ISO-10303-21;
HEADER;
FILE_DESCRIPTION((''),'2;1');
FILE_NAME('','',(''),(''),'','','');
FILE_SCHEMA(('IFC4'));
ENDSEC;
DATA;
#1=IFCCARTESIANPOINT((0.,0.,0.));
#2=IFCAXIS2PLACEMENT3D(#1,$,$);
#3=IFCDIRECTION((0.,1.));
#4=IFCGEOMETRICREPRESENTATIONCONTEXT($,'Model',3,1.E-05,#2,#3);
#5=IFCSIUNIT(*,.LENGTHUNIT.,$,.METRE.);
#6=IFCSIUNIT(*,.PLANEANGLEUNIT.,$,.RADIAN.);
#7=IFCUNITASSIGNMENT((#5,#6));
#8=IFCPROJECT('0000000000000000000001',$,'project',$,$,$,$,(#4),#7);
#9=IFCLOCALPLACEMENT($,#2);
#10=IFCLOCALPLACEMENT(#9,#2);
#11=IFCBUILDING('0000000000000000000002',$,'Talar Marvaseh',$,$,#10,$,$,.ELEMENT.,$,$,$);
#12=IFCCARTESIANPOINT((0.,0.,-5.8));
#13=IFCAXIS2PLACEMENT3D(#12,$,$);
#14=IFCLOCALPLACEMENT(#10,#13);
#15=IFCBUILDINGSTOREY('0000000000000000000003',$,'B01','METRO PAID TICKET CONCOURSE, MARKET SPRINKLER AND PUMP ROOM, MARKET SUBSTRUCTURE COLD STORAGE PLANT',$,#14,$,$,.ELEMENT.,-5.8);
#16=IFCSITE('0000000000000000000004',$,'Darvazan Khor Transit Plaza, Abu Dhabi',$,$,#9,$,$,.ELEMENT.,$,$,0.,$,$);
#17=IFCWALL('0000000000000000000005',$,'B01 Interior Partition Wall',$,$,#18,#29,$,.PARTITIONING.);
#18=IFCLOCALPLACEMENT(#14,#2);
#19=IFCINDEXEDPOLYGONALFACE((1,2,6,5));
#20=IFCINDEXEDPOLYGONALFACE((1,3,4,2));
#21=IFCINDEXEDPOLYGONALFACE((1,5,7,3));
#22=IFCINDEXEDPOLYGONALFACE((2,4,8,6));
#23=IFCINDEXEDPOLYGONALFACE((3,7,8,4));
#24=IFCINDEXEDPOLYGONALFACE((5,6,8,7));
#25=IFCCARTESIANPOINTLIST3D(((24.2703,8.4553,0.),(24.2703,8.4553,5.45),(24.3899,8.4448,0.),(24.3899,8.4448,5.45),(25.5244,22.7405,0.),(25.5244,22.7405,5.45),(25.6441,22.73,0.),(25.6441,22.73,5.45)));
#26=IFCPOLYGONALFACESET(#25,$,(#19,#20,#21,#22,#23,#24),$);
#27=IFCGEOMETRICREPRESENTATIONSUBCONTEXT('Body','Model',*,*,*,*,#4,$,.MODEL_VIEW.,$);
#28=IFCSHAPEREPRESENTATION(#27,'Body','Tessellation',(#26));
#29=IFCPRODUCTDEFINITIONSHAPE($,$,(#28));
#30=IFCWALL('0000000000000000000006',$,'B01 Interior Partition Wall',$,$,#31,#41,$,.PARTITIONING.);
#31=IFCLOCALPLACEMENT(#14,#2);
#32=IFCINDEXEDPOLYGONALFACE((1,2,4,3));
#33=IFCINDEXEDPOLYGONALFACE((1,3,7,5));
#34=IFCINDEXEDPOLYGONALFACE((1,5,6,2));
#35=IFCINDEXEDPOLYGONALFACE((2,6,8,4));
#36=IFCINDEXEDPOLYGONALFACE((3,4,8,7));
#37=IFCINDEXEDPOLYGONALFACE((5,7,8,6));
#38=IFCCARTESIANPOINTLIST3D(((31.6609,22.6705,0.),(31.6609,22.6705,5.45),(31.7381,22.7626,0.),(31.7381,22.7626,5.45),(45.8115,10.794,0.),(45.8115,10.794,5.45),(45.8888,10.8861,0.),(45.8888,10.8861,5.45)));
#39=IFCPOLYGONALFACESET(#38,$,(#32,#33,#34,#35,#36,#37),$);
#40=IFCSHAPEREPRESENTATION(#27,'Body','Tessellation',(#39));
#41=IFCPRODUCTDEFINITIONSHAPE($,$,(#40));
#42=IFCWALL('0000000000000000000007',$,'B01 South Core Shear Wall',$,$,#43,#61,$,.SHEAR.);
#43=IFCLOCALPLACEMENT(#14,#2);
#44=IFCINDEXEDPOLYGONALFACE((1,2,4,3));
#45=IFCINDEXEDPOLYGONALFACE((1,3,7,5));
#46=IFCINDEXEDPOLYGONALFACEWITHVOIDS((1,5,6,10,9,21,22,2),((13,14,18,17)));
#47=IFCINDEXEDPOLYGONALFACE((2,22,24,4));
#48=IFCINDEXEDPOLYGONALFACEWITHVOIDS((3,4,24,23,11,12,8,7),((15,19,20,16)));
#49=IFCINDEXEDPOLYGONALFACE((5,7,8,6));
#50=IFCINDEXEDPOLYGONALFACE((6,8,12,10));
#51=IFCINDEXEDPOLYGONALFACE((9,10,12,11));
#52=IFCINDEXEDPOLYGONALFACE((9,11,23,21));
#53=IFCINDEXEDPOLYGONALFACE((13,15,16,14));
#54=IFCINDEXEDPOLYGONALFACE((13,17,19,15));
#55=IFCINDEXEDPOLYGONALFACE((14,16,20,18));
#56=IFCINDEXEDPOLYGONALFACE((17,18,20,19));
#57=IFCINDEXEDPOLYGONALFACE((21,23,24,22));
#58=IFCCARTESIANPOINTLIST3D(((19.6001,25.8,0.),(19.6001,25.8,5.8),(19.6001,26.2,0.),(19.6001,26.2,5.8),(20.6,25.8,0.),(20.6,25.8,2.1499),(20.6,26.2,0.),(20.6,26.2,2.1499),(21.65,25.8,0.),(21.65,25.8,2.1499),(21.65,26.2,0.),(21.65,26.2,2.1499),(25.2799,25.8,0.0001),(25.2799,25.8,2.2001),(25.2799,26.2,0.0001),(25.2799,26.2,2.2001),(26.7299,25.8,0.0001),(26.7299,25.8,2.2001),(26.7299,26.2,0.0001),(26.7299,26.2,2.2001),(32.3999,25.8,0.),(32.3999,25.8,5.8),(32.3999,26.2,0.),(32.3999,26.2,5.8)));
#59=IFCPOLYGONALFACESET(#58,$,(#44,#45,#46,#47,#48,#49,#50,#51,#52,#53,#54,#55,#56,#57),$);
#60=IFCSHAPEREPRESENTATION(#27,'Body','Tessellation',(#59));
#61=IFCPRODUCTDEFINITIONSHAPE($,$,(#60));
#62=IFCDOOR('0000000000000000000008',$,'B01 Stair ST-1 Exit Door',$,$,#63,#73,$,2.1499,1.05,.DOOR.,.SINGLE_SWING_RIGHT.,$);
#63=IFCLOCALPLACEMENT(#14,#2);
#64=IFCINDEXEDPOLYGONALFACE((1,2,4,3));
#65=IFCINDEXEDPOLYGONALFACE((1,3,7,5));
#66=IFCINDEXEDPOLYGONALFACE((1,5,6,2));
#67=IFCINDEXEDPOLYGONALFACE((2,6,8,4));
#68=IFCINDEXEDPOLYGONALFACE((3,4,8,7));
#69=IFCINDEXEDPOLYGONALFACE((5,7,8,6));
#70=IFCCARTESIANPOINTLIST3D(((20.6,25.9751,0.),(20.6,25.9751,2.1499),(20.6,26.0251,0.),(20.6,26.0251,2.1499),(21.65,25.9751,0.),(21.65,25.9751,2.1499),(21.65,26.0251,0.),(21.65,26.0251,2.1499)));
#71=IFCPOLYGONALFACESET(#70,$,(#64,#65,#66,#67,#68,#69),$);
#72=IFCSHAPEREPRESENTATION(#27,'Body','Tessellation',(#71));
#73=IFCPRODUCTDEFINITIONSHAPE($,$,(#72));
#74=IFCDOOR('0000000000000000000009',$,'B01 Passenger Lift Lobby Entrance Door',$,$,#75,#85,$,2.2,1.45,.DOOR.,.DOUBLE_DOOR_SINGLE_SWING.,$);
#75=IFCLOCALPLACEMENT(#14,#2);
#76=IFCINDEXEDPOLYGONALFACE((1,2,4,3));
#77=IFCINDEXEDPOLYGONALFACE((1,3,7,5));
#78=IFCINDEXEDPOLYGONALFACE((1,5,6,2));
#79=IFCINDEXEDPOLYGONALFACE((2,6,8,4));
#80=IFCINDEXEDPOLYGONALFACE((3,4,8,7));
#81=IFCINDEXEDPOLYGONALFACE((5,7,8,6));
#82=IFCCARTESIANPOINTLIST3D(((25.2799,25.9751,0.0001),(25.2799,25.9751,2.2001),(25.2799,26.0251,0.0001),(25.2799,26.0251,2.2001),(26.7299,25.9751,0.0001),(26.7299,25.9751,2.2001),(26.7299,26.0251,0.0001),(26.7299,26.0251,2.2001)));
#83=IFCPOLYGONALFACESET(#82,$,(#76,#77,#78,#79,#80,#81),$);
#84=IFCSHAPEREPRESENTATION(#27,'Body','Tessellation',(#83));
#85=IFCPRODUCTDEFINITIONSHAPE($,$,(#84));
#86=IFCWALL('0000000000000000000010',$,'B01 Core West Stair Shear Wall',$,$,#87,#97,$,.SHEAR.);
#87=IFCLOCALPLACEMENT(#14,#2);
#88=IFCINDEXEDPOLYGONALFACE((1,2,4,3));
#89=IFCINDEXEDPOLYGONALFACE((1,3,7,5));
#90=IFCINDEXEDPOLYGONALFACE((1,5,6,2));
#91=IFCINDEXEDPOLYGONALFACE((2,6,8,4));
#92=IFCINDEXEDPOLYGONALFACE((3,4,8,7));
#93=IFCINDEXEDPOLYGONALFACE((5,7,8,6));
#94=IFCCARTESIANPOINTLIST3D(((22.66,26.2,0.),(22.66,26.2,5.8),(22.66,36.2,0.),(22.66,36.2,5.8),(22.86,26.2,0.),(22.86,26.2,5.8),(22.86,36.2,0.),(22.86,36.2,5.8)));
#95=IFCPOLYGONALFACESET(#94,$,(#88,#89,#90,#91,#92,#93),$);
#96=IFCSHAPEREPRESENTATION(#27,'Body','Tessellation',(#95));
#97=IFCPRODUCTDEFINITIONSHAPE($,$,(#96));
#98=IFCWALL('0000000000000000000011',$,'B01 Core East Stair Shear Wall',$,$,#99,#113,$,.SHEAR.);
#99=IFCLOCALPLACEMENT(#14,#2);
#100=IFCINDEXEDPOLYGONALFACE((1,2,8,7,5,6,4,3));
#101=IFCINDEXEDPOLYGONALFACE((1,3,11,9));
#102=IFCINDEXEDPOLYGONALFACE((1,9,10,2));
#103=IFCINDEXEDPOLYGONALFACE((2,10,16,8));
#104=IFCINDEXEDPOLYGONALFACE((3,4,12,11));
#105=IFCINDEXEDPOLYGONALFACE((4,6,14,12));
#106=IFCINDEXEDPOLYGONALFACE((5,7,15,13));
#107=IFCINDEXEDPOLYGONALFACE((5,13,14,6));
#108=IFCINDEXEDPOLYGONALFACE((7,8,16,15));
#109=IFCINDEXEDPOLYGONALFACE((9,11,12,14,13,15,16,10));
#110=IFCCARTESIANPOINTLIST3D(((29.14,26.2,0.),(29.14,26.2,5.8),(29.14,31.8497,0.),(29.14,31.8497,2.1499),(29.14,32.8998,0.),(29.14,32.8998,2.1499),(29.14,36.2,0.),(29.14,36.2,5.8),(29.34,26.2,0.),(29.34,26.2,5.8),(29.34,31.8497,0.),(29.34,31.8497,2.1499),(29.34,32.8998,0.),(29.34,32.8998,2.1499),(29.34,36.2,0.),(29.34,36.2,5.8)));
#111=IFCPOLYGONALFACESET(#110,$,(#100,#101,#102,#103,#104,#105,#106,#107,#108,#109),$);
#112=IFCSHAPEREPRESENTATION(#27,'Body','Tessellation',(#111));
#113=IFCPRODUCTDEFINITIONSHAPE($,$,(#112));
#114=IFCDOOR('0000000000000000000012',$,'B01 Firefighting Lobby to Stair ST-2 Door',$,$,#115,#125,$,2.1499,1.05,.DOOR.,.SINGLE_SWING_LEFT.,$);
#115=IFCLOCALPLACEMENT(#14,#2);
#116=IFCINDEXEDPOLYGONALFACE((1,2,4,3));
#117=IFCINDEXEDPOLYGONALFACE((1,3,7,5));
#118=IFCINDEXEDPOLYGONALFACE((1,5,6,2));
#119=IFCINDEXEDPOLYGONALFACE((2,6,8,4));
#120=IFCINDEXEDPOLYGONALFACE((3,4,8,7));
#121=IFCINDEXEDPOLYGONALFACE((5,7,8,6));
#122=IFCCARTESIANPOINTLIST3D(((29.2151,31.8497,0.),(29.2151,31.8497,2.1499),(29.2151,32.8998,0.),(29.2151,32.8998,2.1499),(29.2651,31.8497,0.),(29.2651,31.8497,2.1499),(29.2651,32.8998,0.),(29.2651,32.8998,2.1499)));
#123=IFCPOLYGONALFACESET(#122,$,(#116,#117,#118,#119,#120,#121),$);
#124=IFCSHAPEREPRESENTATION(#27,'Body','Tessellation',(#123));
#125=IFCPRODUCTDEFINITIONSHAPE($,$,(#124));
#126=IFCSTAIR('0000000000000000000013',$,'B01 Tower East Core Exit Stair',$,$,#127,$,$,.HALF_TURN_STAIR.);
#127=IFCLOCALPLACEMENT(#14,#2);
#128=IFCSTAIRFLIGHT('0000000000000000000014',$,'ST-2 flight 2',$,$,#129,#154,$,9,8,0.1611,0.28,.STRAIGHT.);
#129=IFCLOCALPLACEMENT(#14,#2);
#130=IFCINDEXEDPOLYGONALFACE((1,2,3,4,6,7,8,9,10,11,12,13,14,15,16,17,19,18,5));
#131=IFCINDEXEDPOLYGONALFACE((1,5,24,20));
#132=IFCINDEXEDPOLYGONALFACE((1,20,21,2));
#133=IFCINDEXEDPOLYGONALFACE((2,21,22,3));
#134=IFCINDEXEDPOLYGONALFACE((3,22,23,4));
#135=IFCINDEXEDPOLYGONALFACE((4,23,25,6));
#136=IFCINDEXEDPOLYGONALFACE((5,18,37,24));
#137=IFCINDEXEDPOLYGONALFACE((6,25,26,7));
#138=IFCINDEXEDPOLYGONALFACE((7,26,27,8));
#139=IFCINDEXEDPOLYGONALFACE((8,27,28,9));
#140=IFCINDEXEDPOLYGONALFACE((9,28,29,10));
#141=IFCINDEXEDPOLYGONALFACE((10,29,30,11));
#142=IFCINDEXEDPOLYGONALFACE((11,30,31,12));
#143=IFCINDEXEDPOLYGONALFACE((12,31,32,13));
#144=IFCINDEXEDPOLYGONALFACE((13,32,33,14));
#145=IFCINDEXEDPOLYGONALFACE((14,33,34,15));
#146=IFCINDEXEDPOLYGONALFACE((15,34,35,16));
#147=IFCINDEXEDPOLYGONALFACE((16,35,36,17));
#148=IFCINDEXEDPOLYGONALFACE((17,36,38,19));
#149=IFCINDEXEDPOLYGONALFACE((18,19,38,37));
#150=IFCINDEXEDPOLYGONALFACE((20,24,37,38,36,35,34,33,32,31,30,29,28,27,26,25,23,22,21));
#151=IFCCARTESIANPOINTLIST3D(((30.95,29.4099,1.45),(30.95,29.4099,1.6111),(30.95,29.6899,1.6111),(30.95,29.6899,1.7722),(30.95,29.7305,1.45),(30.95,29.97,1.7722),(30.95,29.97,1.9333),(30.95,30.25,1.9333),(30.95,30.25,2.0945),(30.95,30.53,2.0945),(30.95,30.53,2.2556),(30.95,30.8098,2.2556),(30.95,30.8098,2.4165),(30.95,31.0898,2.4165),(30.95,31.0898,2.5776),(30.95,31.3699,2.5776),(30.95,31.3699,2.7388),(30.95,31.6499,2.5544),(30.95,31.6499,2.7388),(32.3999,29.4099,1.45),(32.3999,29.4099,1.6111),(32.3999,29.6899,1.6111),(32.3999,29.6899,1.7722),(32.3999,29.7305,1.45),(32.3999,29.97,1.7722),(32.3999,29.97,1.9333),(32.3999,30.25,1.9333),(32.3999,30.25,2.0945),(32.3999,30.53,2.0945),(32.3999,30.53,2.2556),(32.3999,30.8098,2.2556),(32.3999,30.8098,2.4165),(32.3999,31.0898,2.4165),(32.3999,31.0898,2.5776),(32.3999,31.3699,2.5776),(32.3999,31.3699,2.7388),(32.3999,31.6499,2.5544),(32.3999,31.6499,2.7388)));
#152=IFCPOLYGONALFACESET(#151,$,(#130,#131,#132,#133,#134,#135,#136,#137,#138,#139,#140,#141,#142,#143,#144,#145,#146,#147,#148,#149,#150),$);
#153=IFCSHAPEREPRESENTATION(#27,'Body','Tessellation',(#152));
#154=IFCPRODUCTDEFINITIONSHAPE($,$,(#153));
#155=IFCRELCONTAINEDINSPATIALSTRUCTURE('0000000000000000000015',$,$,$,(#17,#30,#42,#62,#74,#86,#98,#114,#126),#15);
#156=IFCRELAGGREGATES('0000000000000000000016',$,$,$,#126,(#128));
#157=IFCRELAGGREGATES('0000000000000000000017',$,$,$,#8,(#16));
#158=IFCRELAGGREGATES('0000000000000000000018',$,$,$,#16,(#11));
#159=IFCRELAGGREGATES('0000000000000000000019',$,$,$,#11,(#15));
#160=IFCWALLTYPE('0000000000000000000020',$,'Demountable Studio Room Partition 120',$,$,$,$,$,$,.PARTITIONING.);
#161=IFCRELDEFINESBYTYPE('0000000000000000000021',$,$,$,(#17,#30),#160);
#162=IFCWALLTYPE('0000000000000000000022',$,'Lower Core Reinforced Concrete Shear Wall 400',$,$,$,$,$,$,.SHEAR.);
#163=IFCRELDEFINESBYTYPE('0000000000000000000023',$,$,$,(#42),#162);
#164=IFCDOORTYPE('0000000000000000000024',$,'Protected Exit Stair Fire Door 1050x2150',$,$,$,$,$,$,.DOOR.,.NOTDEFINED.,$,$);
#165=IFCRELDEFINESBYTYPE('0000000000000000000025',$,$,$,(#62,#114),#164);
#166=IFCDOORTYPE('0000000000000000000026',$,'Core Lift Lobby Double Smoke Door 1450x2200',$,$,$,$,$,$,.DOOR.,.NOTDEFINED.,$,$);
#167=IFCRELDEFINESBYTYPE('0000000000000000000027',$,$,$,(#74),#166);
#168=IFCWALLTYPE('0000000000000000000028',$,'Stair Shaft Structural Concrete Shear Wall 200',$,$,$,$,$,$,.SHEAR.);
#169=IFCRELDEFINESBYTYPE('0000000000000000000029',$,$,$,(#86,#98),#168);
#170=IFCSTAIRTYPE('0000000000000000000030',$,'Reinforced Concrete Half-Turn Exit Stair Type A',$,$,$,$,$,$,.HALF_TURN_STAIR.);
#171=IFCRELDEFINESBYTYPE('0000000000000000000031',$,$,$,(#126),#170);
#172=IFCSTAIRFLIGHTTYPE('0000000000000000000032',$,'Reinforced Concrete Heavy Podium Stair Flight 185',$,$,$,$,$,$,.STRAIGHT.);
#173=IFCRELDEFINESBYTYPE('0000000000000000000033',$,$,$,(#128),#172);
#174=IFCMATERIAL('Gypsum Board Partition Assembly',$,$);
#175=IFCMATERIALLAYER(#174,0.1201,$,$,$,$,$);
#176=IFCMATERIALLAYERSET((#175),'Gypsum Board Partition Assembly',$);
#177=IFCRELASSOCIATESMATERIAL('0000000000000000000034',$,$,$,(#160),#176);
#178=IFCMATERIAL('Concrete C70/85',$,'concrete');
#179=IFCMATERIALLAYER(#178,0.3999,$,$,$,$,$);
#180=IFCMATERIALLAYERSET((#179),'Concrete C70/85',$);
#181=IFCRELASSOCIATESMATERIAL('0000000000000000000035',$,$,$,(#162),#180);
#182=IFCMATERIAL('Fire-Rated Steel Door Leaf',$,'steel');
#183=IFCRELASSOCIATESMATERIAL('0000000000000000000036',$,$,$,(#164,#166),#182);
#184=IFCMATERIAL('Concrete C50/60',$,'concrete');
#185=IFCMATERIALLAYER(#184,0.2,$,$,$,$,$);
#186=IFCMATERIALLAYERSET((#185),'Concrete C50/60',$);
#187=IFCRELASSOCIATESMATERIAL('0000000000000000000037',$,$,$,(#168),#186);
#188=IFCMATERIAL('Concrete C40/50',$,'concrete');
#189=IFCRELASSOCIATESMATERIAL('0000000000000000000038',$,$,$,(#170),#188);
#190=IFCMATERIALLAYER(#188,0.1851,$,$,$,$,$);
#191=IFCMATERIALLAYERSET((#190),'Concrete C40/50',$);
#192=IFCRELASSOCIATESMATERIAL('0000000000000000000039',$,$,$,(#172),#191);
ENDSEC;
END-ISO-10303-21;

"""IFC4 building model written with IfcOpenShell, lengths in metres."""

from ifc_helpers import new_model, si_unit, direction, frame, frame_2d, origin, place, context, subcontext, project, spatial, polyline, rectangle, outline, extrude, source, transform, mapped, material, layer, layer_set, type_object, type_shapes, element, fill, aggregate, save


model = new_model("IFC4")

# Units and contexts
model_context = context("Model", 3, precision=1e-05, world=origin(), true_north=direction((0.0, 1.0)))
body_context = subcontext(model_context, "Body", "Model", "MODEL_VIEW")
ifc_project = project(units=[si_unit("LENGTHUNIT", "METRE"), si_unit("PLANEANGLEUNIT", "RADIAN")], contexts=[model_context])

# Site, building, storey
site_placement = place(None, origin())
site = spatial("IfcSite", under=ifc_project, at=site_placement, Name="Darvazan Khor Transit Plaza, Abu Dhabi", CompositionType="ELEMENT", RefElevation=0.0)
building_placement = place(site_placement, origin())
building = spatial("IfcBuilding", under=site, at=building_placement, Name="Talar Marvaseh", CompositionType="ELEMENT")
storey_placement = place(building_placement, frame((0.0, 0.0, -5.8)))
storey = spatial("IfcBuildingStorey", under=building, at=storey_placement, Name="B01", Description="METRO PAID TICKET CONCOURSE, MARKET SPRINKLER AND PUMP ROOM, MARKET SUBSTRUCTURE COLD STORAGE PLANT", CompositionType="ELEMENT", Elevation=-5.8)

# Shared definitions
ifc_material_1 = material(Name="Concrete C70/85", Category="concrete")

# Shared definitions
ifc_material_2 = material(Name="Concrete C40/50", Category="concrete")
ifc_material_3 = material(Name="Concrete C50/60", Category="concrete")

# Shared definitions
ifc_material_4 = material(Name="Gypsum Board Partition Assembly")
ifc_material_5 = material(Name="Fire-Rated Steel Door Leaf", Category="steel")

# Walls
ifc_layer_1 = layer(ifc_material_4, 0.1201)
ifc_layer_set_1 = layer_set([ifc_layer_1], Name="Gypsum Board Partition Assembly")
wall_type_1 = type_object("IfcWallType", Name="Demountable Studio Room Partition 120", PredefinedType="PARTITIONING", material=ifc_layer_set_1)
wall_1_placement = place(storey_placement, frame((25.5842, 22.7351, 0.0), z_axis=(0.0, 0.0, 1.0), x_axis=(-0.087458, -0.996168, 0.0)))
element("IfcWall", 1, at=wall_1_placement, inside=storey, type_object=wall_type_1, Name="B01 Interior Partition Wall", PredefinedType="PARTITIONING", context=body_context, shape_type="SweptSolid", body=[
    extrude(rectangle(XDim=14.3401, YDim=0.1201, at=frame_2d((7.1699, 0.0))), origin(), (0.0, 0.0, 1.0), 5.45),
])
wall_2_placement = place(storey_placement, frame((31.6995, 22.7166, 0.0), z_axis=(0.0, 0.0, 1.0), x_axis=(0.765973, -0.642872, 0.0)))
element("IfcWall", 2, at=wall_2_placement, inside=storey, type_object=wall_type_1, Name="B01 Interior Partition Wall", PredefinedType="PARTITIONING", context=body_context, shape_type="SweptSolid", body=[
    extrude(rectangle(XDim=18.4741, YDim=0.1201, at=frame_2d((9.2371, 0.0))), origin(), (0.0, 0.0, 1.0), 5.45),
])

# Wall, openings, doors
ifc_layer_2 = layer(ifc_material_1, 0.3999)
ifc_layer_set_2 = layer_set([ifc_layer_2], Name="Concrete C70/85")
wall_type_2 = type_object("IfcWallType", Name="Lower Core Reinforced Concrete Shear Wall 400", PredefinedType="SHEAR", material=ifc_layer_set_2)
wall_3_placement = place(storey_placement, frame((32.3999, 26.0, 0.0), z_axis=(0.0, 0.0, 1.0), x_axis=(-1.0, 0.0, 0.0)))
wall_3 = element("IfcWall", 3, at=wall_3_placement, inside=storey, type_object=wall_type_2, Name="B01 South Core Shear Wall", PredefinedType="SHEAR", context=body_context, shape_type="SweptSolid", body=[
    extrude(rectangle(XDim=12.7998, YDim=0.3999, at=frame_2d((6.3999, 0.0))), origin(), (0.0, 0.0, 1.0), 5.8),
])
opening_1_placement = place(wall_3_placement, frame((10.75, 0.0, 0.0)))
opening_1 = element("IfcOpeningElement", 4, at=opening_1_placement, cuts=wall_3, PredefinedType="OPENING", context=body_context, shape_type="SweptSolid", body=[
    extrude(rectangle(XDim=1.05, YDim=2.1499, at=frame_2d((0.5249, 1.075))), frame((0.0, 0.21, 0.0), z_axis=(0.0, -1.0, 0.0), x_axis=(1.0, 0.0, 0.0)), (0.0, 0.0, 1.0), 0.4199),
])
opening_2_placement = place(wall_3_placement, frame((5.6699, 0.0, 0.0)))
opening_2 = element("IfcOpeningElement", 5, at=opening_2_placement, cuts=wall_3, PredefinedType="OPENING", context=body_context, shape_type="SweptSolid", body=[
    extrude(rectangle(XDim=1.45, YDim=2.2, at=frame_2d((0.7251, 1.1001))), frame((0.0, 0.21, 0.0), z_axis=(0.0, -1.0, 0.0), x_axis=(1.0, 0.0, 0.0)), (0.0, 0.0, 1.0), 0.4199),
])
door_type_1 = type_object("IfcDoorType", Name="Protected Exit Stair Fire Door 1050x2150", OperationType="NOTDEFINED", PredefinedType="DOOR", material=ifc_material_5)
shared_shape_1 = source(origin(), body_context, "Body", "SweptSolid", [
    extrude(rectangle(XDim=1.05, YDim=2.1499, at=frame_2d((0.5249, 1.075))), frame((0.0, 0.0249, 0.0), z_axis=(0.0, -1.0, 0.0), x_axis=(1.0, 0.0, 0.0)), (0.0, 0.0, 1.0), 0.05),
])
type_shapes(door_type_1, [shared_shape_1])
door_1_placement = place(opening_1_placement, origin())
door_1 = element("IfcDoor", 6, at=door_1_placement, inside=storey, type_object=door_type_1, Name="B01 Stair ST-1 Exit Door", OperationType="SINGLE_SWING_RIGHT", OverallHeight=2.1499, OverallWidth=1.05, PredefinedType="DOOR", context=body_context, shape_type="MappedRepresentation", body=[
    mapped(shared_shape_1, transform((0.0, 0.0, 0.0), x_axis=(1.0, 0.0, 0.0), y_axis=(0.0, 1.0, 0.0), z_axis=(0.0, 0.0, 1.0), scale=1.0)),
])
fill(opening_1, door_1)
door_type_2 = type_object("IfcDoorType", Name="Core Lift Lobby Double Smoke Door 1450x2200", OperationType="NOTDEFINED", PredefinedType="DOOR", material=ifc_material_5)
shared_shape_2 = source(origin(), body_context, "Body", "SweptSolid", [
    extrude(rectangle(XDim=1.45, YDim=2.2, at=frame_2d((0.7251, 1.1001))), frame((0.0, 0.0249, 0.0), z_axis=(0.0, -1.0, 0.0), x_axis=(1.0, 0.0, 0.0)), (0.0, 0.0, 1.0), 0.05),
])
type_shapes(door_type_2, [shared_shape_2])
door_2_placement = place(opening_2_placement, origin())
door_2 = element("IfcDoor", 7, at=door_2_placement, inside=storey, type_object=door_type_2, Name="B01 Passenger Lift Lobby Entrance Door", OperationType="DOUBLE_DOOR_SINGLE_SWING", OverallHeight=2.2, OverallWidth=1.45, PredefinedType="DOOR", context=body_context, shape_type="MappedRepresentation", body=[
    mapped(shared_shape_2, transform((0.0, 0.0, 0.0), x_axis=(1.0, 0.0, 0.0), y_axis=(0.0, 1.0, 0.0), z_axis=(0.0, 0.0, 1.0), scale=1.0)),
])
fill(opening_2, door_2)

# Wall
ifc_layer_3 = layer(ifc_material_3, 0.2)
ifc_layer_set_3 = layer_set([ifc_layer_3], Name="Concrete C50/60")
wall_type_3 = type_object("IfcWallType", Name="Stair Shaft Structural Concrete Shear Wall 200", PredefinedType="SHEAR", material=ifc_layer_set_3)
wall_4_placement = place(storey_placement, frame((22.76, 26.2, 0.0), z_axis=(0.0, 0.0, 1.0), x_axis=(0.0, 1.0, 0.0)))
element("IfcWall", 8, at=wall_4_placement, inside=storey, type_object=wall_type_3, Name="B01 Core West Stair Shear Wall", PredefinedType="SHEAR", context=body_context, shape_type="SweptSolid", body=[
    extrude(rectangle(XDim=10.0, YDim=0.2, at=frame_2d((5.0, 0.0))), origin(), (0.0, 0.0, 1.0), 5.8),
])

# Wall, opening, door
wall_5_placement = place(storey_placement, frame((29.24, 26.2, 0.0), z_axis=(0.0, 0.0, 1.0), x_axis=(0.0, 1.0, 0.0)))
wall_5 = element("IfcWall", 9, at=wall_5_placement, inside=storey, type_object=wall_type_3, Name="B01 Core East Stair Shear Wall", PredefinedType="SHEAR", context=body_context, shape_type="SweptSolid", body=[
    extrude(rectangle(XDim=10.0, YDim=0.2, at=frame_2d((5.0, 0.0))), origin(), (0.0, 0.0, 1.0), 5.8),
])
opening_3_placement = place(wall_5_placement, frame((5.6499, 0.0, 0.0)))
opening_3 = element("IfcOpeningElement", 10, at=opening_3_placement, cuts=wall_5, PredefinedType="OPENING", context=body_context, shape_type="SweptSolid", body=[
    extrude(rectangle(XDim=1.05, YDim=2.1499, at=frame_2d((0.5249, 1.075))), frame((0.0, 0.1099, 0.0), z_axis=(0.0, -1.0, 0.0), x_axis=(1.0, 0.0, 0.0)), (0.0, 0.0, 1.0), 0.22),
])
door_3_placement = place(opening_3_placement, origin())
door_3 = element("IfcDoor", 11, at=door_3_placement, inside=storey, type_object=door_type_1, Name="B01 Firefighting Lobby to Stair ST-2 Door", OperationType="SINGLE_SWING_LEFT", OverallHeight=2.1499, OverallWidth=1.05, PredefinedType="DOOR", context=body_context, shape_type="MappedRepresentation", body=[
    mapped(shared_shape_1, transform((0.0, 0.0, 0.0), x_axis=(1.0, 0.0, 0.0), y_axis=(0.0, 1.0, 0.0), z_axis=(0.0, 0.0, 1.0), scale=1.0)),
])
fill(opening_3, door_3)

# Stair, stair flight
stair_type = type_object("IfcStairType", Name="Reinforced Concrete Half-Turn Exit Stair Type A", PredefinedType="HALF_TURN_STAIR", material=ifc_material_2)
stair_placement = place(storey_placement, origin())
stair = element("IfcStair", 12, at=stair_placement, inside=storey, type_object=stair_type, Name="B01 Tower East Core Exit Stair", PredefinedType="HALF_TURN_STAIR")
ifc_layer_4 = layer(ifc_material_2, 0.1851)
ifc_layer_set_4 = layer_set([ifc_layer_4], Name="Concrete C40/50")
stair_flight_type = type_object("IfcStairFlightType", Name="Reinforced Concrete Heavy Podium Stair Flight 185", PredefinedType="STRAIGHT", material=ifc_layer_set_4)
stair_flight_placement = place(storey_placement, frame((31.675, 29.4099, 1.45), z_axis=(0.0, 0.0, 1.0), x_axis=(0.0, 1.0, 0.0)))
stair_flight = element("IfcStairFlight", 13, at=stair_flight_placement, type_object=stair_flight_type, Name="ST-2 flight 2", NumberOfRisers=9, NumberOfTreads=8, PredefinedType="STRAIGHT", RiserHeight=0.1611, TreadLength=0.28, context=body_context, shape_type="SweptSolid", body=[
    extrude(outline(polyline([(0.0, 0.0), (0.0, 0.1611), (0.28, 0.1611), (0.28, 0.3223), (0.5601, 0.3223), (0.5601, 0.4834), (0.8401, 0.4834), (0.8401, 0.6445), (1.1201, 0.6445), (1.1201, 0.8057), (1.3999, 0.8057), (1.3999, 0.9666), (1.6799, 0.9666), (1.6799, 1.1277), (1.96, 1.1277), (1.96, 1.2888), (2.24, 1.2888), (2.24, 1.45), (2.24, 1.1045), (0.3206, 0.0), (0.0, 0.0)])), frame((0.0, 0.7251, 0.0), z_axis=(0.0, -1.0, 0.0), x_axis=(1.0, 0.0, 0.0)), (0.0, 0.0, 1.0), 1.45),
])
aggregate(stair, [stair_flight])

save(model, "model.ifc")
